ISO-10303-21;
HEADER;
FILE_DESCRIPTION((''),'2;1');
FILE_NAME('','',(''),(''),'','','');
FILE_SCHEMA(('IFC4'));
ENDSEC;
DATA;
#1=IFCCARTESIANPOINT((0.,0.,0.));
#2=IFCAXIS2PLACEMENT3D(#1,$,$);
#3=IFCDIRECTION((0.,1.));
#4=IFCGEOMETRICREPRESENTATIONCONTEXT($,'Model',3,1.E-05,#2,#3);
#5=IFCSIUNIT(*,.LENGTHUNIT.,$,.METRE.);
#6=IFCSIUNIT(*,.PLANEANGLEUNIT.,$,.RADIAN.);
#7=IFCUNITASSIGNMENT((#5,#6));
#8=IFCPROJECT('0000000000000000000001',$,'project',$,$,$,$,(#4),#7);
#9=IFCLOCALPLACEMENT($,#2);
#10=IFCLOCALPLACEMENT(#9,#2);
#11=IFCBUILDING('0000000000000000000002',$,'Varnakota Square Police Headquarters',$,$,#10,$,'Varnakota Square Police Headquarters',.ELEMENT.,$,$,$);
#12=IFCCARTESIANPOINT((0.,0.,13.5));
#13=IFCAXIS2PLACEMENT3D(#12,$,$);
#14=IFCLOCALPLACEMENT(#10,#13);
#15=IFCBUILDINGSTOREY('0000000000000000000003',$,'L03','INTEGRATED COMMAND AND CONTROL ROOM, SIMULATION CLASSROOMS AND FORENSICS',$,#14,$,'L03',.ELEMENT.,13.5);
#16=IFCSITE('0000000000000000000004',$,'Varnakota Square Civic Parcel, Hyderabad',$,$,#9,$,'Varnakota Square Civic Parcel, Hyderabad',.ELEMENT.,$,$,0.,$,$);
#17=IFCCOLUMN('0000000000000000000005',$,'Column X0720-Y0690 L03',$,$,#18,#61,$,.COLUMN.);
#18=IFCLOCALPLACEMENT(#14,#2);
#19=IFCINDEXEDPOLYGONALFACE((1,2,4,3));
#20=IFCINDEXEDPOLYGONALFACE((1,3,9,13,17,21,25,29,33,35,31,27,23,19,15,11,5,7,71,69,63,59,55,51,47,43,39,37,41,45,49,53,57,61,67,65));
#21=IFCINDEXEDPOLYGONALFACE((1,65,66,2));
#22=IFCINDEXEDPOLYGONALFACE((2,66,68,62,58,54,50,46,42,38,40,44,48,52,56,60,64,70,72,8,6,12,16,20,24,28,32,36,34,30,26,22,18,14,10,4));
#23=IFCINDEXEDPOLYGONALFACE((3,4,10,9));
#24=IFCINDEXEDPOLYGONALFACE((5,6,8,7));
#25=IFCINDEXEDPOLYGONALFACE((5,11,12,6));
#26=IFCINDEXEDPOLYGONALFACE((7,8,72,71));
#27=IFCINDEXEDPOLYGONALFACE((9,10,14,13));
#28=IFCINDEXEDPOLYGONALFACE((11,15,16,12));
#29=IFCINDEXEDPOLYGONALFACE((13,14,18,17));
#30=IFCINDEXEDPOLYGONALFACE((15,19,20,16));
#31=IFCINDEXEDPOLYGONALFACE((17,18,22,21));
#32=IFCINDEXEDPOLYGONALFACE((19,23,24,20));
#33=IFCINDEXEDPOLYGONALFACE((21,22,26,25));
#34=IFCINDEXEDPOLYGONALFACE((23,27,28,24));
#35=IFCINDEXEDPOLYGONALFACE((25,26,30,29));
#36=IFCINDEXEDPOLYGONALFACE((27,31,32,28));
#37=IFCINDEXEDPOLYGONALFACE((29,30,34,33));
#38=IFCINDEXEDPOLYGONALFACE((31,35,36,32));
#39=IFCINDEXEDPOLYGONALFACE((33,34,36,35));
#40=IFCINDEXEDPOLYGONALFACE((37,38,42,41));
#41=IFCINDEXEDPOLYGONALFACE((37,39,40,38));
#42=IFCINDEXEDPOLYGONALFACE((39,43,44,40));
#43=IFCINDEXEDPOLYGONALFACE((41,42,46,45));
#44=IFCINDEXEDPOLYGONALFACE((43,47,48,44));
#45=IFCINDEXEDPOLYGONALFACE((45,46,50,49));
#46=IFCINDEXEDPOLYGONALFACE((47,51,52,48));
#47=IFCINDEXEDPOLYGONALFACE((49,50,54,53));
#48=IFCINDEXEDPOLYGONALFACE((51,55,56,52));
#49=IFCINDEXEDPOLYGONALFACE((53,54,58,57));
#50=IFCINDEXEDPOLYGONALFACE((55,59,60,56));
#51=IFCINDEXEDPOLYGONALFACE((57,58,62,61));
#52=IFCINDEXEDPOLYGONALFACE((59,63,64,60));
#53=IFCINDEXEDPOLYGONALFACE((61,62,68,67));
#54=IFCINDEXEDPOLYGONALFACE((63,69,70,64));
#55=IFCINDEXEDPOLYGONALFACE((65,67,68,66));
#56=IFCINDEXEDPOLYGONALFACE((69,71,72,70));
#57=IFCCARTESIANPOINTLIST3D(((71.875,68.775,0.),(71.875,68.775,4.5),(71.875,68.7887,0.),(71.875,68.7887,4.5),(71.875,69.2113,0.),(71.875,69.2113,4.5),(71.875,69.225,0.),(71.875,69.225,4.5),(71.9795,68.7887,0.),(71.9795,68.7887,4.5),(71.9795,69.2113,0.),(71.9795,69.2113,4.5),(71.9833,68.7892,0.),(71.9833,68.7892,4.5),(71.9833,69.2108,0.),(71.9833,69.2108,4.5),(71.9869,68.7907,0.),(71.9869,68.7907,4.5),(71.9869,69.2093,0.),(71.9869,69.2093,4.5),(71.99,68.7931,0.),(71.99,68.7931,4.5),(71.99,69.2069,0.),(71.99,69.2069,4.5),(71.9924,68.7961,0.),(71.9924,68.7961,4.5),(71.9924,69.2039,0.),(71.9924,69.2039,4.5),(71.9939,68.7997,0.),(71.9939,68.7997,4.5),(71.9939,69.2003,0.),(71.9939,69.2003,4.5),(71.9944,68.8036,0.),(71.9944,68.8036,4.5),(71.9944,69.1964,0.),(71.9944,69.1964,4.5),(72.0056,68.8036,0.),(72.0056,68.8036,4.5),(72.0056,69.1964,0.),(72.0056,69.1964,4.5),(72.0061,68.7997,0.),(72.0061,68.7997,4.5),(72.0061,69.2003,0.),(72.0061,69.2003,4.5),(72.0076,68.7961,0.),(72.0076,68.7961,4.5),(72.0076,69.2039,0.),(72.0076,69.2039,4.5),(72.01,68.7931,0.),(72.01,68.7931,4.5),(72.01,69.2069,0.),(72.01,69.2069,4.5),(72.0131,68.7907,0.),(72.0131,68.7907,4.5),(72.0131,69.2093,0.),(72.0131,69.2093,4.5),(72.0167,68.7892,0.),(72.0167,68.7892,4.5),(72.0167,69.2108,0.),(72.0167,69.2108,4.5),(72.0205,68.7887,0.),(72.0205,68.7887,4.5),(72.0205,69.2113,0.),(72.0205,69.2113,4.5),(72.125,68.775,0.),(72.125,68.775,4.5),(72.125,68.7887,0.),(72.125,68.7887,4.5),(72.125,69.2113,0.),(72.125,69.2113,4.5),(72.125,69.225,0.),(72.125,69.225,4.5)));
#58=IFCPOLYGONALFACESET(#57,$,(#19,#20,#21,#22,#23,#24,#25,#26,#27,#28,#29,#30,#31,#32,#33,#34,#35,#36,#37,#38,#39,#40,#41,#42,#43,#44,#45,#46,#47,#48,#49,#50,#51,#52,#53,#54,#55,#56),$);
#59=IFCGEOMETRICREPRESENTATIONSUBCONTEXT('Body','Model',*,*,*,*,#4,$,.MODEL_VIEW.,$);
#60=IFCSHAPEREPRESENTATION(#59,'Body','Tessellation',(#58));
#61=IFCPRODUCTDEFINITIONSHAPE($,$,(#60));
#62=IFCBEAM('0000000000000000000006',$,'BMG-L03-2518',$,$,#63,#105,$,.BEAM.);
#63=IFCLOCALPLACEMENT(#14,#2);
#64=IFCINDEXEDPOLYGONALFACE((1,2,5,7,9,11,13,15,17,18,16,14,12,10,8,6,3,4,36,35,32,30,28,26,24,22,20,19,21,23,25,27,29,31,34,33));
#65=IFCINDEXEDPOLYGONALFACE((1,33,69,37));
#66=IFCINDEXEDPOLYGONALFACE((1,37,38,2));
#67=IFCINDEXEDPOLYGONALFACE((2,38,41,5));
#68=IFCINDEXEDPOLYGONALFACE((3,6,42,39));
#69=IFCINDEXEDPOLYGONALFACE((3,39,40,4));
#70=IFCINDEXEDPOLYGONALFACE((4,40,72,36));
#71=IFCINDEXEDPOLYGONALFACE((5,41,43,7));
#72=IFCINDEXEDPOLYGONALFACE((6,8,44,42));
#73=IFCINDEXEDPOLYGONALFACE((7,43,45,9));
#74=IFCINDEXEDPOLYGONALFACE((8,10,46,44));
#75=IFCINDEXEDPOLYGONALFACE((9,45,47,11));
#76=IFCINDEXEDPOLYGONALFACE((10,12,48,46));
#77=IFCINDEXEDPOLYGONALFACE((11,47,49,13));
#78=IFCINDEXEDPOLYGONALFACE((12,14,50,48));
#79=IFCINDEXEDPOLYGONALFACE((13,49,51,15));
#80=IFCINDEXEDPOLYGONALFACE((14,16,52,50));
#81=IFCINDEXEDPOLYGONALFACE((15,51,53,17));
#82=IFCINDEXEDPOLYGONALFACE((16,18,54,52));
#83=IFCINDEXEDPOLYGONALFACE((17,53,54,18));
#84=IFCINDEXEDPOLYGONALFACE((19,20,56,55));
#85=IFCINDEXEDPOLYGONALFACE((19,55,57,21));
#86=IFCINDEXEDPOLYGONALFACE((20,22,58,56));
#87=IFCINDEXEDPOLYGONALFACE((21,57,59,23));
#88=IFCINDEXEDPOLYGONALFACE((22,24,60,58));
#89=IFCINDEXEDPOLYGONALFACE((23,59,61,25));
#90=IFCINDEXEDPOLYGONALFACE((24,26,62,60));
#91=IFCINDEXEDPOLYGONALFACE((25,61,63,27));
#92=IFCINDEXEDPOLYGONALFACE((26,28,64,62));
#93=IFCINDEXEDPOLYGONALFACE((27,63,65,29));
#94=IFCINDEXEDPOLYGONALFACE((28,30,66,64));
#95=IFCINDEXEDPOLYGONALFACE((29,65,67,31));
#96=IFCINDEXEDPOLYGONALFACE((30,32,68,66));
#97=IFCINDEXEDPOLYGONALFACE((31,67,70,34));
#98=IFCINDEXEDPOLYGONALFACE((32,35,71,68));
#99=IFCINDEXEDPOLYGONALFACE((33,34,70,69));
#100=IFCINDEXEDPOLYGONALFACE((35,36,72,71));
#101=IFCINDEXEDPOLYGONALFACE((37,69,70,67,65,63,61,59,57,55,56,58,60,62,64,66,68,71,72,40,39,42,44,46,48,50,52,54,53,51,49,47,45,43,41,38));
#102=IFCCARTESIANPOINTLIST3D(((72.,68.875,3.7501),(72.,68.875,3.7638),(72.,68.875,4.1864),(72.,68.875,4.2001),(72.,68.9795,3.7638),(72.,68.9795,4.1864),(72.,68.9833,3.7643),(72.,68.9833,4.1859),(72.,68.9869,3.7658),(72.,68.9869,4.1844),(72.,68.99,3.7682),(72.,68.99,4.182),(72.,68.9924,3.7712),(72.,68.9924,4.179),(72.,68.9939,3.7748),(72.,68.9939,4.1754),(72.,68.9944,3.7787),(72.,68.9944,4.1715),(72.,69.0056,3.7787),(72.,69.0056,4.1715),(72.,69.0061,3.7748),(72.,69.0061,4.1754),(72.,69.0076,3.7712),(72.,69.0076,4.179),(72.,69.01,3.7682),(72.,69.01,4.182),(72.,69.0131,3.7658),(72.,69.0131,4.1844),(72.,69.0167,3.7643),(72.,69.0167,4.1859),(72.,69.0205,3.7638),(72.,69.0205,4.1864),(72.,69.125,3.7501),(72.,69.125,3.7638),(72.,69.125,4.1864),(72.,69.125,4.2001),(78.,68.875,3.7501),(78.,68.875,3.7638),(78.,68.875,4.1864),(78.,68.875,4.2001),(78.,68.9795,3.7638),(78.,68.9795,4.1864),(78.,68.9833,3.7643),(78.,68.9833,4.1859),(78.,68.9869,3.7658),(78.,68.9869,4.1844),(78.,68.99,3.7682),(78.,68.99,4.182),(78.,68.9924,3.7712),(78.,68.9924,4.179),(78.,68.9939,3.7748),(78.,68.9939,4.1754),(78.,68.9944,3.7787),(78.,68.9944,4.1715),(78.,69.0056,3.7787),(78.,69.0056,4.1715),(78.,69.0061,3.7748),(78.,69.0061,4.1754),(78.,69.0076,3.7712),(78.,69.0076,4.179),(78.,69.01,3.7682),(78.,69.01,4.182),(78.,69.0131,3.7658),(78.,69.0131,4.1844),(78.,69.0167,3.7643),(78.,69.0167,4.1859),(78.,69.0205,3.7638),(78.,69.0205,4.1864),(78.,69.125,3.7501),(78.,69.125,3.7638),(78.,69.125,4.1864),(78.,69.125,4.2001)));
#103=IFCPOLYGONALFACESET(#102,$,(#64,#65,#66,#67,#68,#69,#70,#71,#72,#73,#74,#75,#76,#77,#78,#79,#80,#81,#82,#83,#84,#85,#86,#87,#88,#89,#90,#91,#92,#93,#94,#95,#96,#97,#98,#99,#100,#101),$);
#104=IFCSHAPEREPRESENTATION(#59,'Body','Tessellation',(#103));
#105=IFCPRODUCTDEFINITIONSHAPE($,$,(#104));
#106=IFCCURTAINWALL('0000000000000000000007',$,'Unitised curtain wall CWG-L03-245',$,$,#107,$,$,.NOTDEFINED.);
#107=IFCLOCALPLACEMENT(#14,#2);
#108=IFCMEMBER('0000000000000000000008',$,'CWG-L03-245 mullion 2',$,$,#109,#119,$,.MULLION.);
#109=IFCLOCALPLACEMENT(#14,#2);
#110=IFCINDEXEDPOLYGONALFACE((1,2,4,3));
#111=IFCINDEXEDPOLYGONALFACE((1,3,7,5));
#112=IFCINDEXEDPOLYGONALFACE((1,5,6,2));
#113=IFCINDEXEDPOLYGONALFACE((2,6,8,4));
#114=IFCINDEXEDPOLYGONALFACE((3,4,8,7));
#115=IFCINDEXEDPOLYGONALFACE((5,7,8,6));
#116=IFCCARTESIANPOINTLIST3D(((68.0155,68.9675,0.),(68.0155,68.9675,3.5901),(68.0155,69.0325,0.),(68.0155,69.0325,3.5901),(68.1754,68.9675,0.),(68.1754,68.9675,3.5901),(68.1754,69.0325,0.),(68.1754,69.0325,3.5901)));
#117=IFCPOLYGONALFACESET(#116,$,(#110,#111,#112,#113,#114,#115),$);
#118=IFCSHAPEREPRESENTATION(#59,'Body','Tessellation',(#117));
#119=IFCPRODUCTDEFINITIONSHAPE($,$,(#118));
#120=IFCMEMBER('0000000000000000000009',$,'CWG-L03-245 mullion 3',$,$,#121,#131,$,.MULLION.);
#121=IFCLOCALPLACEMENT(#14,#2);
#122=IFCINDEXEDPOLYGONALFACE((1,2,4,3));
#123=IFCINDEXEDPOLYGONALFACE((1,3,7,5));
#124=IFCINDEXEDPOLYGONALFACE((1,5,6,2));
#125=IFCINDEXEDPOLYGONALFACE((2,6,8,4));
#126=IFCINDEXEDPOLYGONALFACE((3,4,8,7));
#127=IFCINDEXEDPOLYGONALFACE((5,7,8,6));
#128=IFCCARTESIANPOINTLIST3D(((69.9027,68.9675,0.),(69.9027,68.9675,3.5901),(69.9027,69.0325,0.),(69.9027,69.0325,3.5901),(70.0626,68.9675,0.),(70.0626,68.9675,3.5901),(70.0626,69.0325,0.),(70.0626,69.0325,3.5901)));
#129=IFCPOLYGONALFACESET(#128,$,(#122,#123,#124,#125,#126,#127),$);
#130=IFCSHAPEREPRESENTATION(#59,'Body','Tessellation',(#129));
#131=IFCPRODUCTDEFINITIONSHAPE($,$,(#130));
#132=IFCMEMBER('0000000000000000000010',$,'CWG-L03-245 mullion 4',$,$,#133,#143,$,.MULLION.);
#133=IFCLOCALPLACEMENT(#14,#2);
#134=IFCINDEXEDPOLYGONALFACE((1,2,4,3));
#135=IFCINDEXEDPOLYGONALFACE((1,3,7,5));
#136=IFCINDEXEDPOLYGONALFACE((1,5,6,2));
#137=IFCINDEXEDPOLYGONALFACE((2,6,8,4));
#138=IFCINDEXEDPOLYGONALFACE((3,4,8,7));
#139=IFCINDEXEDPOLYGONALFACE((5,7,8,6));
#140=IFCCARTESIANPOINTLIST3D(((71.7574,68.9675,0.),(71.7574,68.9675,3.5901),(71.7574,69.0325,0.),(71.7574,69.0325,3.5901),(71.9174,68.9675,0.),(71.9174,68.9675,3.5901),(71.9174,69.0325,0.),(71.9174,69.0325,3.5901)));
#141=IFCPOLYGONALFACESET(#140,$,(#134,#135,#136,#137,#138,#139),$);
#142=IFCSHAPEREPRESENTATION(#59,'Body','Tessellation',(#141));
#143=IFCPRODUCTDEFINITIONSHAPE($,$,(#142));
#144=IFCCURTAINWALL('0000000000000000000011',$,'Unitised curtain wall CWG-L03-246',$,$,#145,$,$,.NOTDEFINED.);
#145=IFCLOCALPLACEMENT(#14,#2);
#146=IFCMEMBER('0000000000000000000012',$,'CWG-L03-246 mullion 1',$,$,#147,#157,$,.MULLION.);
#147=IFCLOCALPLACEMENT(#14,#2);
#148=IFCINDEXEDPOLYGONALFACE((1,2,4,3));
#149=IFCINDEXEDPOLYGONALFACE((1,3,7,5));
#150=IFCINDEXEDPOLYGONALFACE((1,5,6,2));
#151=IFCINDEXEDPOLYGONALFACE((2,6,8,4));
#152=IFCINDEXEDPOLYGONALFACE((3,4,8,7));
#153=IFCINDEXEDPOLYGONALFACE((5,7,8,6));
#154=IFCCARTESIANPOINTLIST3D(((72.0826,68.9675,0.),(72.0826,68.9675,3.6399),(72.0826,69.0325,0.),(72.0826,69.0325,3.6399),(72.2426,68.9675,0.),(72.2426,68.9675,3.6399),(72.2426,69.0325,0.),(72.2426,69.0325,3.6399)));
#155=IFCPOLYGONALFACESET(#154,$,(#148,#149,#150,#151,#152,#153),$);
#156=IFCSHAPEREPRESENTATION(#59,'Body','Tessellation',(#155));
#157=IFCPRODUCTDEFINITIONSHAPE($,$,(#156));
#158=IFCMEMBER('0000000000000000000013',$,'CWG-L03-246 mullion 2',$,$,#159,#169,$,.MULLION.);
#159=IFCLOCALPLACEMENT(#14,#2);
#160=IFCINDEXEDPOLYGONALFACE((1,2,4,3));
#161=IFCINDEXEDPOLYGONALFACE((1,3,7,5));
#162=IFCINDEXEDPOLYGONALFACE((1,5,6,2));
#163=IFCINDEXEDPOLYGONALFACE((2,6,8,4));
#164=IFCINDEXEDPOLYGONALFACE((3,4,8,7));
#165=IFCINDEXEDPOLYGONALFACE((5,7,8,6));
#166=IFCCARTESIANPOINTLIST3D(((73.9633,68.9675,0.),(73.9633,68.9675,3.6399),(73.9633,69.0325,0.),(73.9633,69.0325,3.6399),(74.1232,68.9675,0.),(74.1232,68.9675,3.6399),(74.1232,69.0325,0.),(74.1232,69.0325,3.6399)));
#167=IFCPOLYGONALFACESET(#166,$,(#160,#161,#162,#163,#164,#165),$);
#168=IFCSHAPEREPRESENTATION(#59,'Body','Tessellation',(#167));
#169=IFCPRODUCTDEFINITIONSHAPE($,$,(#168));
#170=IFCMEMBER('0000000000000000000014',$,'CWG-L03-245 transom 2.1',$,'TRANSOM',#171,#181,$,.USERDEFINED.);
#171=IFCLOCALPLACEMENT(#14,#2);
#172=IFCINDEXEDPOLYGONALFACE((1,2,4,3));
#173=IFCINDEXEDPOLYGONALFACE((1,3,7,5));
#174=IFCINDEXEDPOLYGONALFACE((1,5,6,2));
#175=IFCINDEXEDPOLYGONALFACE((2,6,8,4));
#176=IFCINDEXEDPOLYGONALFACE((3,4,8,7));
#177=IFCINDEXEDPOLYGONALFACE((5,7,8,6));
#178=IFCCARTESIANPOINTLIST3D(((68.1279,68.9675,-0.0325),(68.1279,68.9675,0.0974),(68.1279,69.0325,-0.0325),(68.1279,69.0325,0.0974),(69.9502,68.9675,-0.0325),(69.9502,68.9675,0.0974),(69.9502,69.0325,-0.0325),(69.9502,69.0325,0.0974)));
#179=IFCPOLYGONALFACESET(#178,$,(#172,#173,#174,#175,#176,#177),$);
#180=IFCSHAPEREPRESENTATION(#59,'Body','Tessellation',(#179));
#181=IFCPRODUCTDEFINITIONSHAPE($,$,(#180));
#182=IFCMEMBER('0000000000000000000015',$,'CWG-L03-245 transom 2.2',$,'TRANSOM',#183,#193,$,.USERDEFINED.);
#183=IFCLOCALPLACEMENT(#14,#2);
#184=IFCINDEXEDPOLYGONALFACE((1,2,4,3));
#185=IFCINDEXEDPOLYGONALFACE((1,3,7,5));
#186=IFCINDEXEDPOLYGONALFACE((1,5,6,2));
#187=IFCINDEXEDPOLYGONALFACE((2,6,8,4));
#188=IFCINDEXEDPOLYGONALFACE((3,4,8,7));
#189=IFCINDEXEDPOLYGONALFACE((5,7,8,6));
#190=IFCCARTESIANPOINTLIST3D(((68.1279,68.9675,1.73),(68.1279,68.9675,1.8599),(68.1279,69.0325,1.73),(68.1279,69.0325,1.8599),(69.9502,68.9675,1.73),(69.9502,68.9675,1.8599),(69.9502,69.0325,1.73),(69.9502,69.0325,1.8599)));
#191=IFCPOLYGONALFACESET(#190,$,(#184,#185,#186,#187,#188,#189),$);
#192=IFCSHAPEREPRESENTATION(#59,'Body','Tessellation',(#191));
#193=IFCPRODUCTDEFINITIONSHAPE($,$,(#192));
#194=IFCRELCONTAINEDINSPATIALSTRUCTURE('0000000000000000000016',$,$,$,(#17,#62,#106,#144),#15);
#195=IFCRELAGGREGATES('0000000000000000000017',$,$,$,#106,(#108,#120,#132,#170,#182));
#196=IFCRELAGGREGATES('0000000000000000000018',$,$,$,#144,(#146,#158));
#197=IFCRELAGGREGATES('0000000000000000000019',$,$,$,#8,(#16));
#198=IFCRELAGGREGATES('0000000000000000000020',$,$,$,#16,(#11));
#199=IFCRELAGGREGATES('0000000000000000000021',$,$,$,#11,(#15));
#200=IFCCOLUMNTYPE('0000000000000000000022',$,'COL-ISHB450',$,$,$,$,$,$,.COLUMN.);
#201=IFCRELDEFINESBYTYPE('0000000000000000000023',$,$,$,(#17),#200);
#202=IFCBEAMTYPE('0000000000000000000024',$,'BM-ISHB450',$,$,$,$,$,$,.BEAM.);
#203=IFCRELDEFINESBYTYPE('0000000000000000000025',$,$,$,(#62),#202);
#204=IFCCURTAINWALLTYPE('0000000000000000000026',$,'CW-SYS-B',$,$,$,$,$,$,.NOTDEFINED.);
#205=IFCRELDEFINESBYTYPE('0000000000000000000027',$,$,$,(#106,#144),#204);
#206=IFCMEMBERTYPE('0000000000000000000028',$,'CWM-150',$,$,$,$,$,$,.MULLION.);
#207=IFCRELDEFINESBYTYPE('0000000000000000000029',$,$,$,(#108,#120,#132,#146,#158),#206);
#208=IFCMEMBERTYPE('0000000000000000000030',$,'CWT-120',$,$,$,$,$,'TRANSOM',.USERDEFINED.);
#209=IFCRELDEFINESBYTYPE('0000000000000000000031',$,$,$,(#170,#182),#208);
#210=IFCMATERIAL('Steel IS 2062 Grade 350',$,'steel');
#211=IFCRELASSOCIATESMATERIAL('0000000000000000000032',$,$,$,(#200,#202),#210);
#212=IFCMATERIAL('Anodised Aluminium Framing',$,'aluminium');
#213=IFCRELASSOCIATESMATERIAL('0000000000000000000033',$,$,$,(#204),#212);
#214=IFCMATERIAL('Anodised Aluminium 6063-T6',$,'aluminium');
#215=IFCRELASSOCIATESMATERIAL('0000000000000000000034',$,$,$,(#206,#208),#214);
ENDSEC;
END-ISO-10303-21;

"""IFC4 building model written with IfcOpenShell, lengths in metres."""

from ifc_helpers import new_model, si_unit, direction, frame, origin, origin_2d, place, context, subcontext, project, spatial, rectangle, i_section, extrude, material, material_profile, profile_set, type_object, element, aggregate, save


model = new_model("IFC4")

# Units and contexts
model_context = context("Model", 3, precision=1e-05, world=origin(), true_north=direction((0.0, 1.0)))
body_context = subcontext(model_context, "Body", "Model", "MODEL_VIEW")
ifc_project = project(units=[si_unit("LENGTHUNIT", "METRE"), si_unit("PLANEANGLEUNIT", "RADIAN")], contexts=[model_context])

# Site, building, storey
site_placement = place(None, origin())
site = spatial("IfcSite", under=ifc_project, at=site_placement, Name="Varnakota Square Civic Parcel, Hyderabad", LongName="Varnakota Square Civic Parcel, Hyderabad", CompositionType="ELEMENT", RefElevation=0.0)
building_placement = place(site_placement, origin())
building = spatial("IfcBuilding", under=site, at=building_placement, Name="Varnakota Square Police Headquarters", LongName="Varnakota Square Police Headquarters", CompositionType="ELEMENT")
storey_placement = place(building_placement, frame((0.0, 0.0, 13.5)))
storey = spatial("IfcBuildingStorey", under=building, at=storey_placement, Name="L03", Description="INTEGRATED COMMAND AND CONTROL ROOM, SIMULATION CLASSROOMS AND FORENSICS", LongName="L03", CompositionType="ELEMENT", Elevation=13.5)

# Column
ifc_material_1 = material(Name="Steel IS 2062 Grade 350", Category="steel")
ifc_material_profile_1 = material_profile(ifc_material_1, i_section(OverallWidth=0.25, OverallDepth=0.45, WebThickness=0.0112, FlangeThickness=0.0137, FilletRadius=0.0149, at=origin_2d()), Name="ISHB 450")
ifc_profile_set_1 = profile_set([ifc_material_profile_1], Name="Steel IS 2062 Grade 350")
column_type = type_object("IfcColumnType", Name="COL-ISHB450", PredefinedType="COLUMN", material=ifc_profile_set_1)
column_placement = place(storey_placement, frame((72.0, 69.0, 0.0), z_axis=(0.0, 0.0, 1.0), x_axis=(1.0, 0.0, 0.0)))
element("IfcColumn", 1, at=column_placement, inside=storey, type_object=column_type, Name="Column X0720-Y0690 L03", PredefinedType="COLUMN", context=body_context, shape_type="SweptSolid", body=[
    extrude(i_section(OverallWidth=0.25, OverallDepth=0.45, WebThickness=0.0112, FlangeThickness=0.0137, FilletRadius=0.0149, at=origin_2d()), origin(), (0.0, 0.0, 1.0), 4.5),
])

# Beam
ifc_material_profile_2 = material_profile(ifc_material_1, i_section(OverallWidth=0.25, OverallDepth=0.45, WebThickness=0.0112, FlangeThickness=0.0137, FilletRadius=0.0149, at=origin_2d()), Name="ISHB 450")
ifc_profile_set_2 = profile_set([ifc_material_profile_2], Name="Steel IS 2062 Grade 350")
beam_type = type_object("IfcBeamType", Name="BM-ISHB450", PredefinedType="BEAM", material=ifc_profile_set_2)
beam_placement = place(storey_placement, frame((72.0, 69.0, 3.9751), z_axis=(1.0, 0.0, 0.0), x_axis=(0.0, 1.0, 0.0)))
element("IfcBeam", 2, at=beam_placement, inside=storey, type_object=beam_type, Name="BMG-L03-2518", PredefinedType="BEAM", context=body_context, shape_type="SweptSolid", body=[
    extrude(i_section(OverallWidth=0.25, OverallDepth=0.45, WebThickness=0.0112, FlangeThickness=0.0137, FilletRadius=0.0149, at=origin_2d()), origin(), (0.0, 0.0, 1.0), 6.0),
])

# Curtain walls, members
ifc_material_2 = material(Name="Anodised Aluminium Framing", Category="aluminium")
curtain_wall_type = type_object("IfcCurtainWallType", Name="CW-SYS-B", PredefinedType="NOTDEFINED", material=ifc_material_2)
curtain_wall_1_placement = place(storey_placement, origin())
curtain_wall_1 = element("IfcCurtainWall", 3, at=curtain_wall_1_placement, inside=storey, type_object=curtain_wall_type, Name="Unitised curtain wall CWG-L03-245", PredefinedType="NOTDEFINED")
ifc_material_3 = material(Name="Anodised Aluminium 6063-T6", Category="aluminium")
ifc_material_profile_3 = material_profile(ifc_material_3, rectangle(XDim=0.0649, YDim=0.1599, at=origin_2d()), Name="ALU MULLION 65x160")
ifc_profile_set_3 = profile_set([ifc_material_profile_3], Name="Anodised Aluminium 6063-T6")
member_type_1 = type_object("IfcMemberType", Name="CWM-150", PredefinedType="MULLION", material=ifc_profile_set_3)
member_1_placement = place(storey_placement, frame((68.0955, 69.0, 0.0), z_axis=(0.0, 0.0, 1.0), x_axis=(0.0, 1.0, 0.0)))
member_1 = element("IfcMember", 4, at=member_1_placement, type_object=member_type_1, Name="CWG-L03-245 mullion 2", PredefinedType="MULLION", context=body_context, shape_type="SweptSolid", body=[
    extrude(rectangle(XDim=0.0649, YDim=0.1599, at=origin_2d()), origin(), (0.0, 0.0, 1.0), 3.5901),
])
member_2_placement = place(storey_placement, frame((69.9827, 69.0, 0.0), z_axis=(0.0, 0.0, 1.0), x_axis=(0.0, 1.0, 0.0)))
member_2 = element("IfcMember", 5, at=member_2_placement, type_object=member_type_1, Name="CWG-L03-245 mullion 3", PredefinedType="MULLION", context=body_context, shape_type="SweptSolid", body=[
    extrude(rectangle(XDim=0.0649, YDim=0.1599, at=origin_2d()), origin(), (0.0, 0.0, 1.0), 3.5901),
])
member_3_placement = place(storey_placement, frame((71.8374, 69.0, 0.0), z_axis=(0.0, 0.0, 1.0), x_axis=(0.0, 1.0, 0.0)))
member_3 = element("IfcMember", 6, at=member_3_placement, type_object=member_type_1, Name="CWG-L03-245 mullion 4", PredefinedType="MULLION", context=body_context, shape_type="SweptSolid", body=[
    extrude(rectangle(XDim=0.0649, YDim=0.1599, at=origin_2d()), origin(), (0.0, 0.0, 1.0), 3.5901),
])
curtain_wall_2_placement = place(storey_placement, origin())
curtain_wall_2 = element("IfcCurtainWall", 7, at=curtain_wall_2_placement, inside=storey, type_object=curtain_wall_type, Name="Unitised curtain wall CWG-L03-246", PredefinedType="NOTDEFINED")
member_4_placement = place(storey_placement, frame((72.1626, 69.0, 0.0), z_axis=(0.0, 0.0, 1.0), x_axis=(0.0, 1.0, 0.0)))
member_4 = element("IfcMember", 8, at=member_4_placement, type_object=member_type_1, Name="CWG-L03-246 mullion 1", PredefinedType="MULLION", context=body_context, shape_type="SweptSolid", body=[
    extrude(rectangle(XDim=0.0649, YDim=0.1599, at=origin_2d()), origin(), (0.0, 0.0, 1.0), 3.6399),
])
member_5_placement = place(storey_placement, frame((74.0432, 69.0, 0.0), z_axis=(0.0, 0.0, 1.0), x_axis=(0.0, 1.0, 0.0)))
member_5 = element("IfcMember", 9, at=member_5_placement, type_object=member_type_1, Name="CWG-L03-246 mullion 2", PredefinedType="MULLION", context=body_context, shape_type="SweptSolid", body=[
    extrude(rectangle(XDim=0.0649, YDim=0.1599, at=origin_2d()), origin(), (0.0, 0.0, 1.0), 3.6399),
])

# Members
ifc_material_profile_4 = material_profile(ifc_material_3, rectangle(XDim=0.0649, YDim=0.1299, at=origin_2d()), Name="ALU TRANSOM 65x130")
ifc_profile_set_4 = profile_set([ifc_material_profile_4], Name="Anodised Aluminium 6063-T6")
member_type_2 = type_object("IfcMemberType", Name="CWT-120", ElementType="TRANSOM", PredefinedType="USERDEFINED", material=ifc_profile_set_4)
member_6_placement = place(storey_placement, frame((68.1279, 69.0, 0.0325), z_axis=(1.0, 0.0, 0.0), x_axis=(0.0, 1.0, 0.0)))
member_6 = element("IfcMember", 10, at=member_6_placement, type_object=member_type_2, Name="CWG-L03-245 transom 2.1", ObjectType="TRANSOM", PredefinedType="USERDEFINED", context=body_context, shape_type="SweptSolid", body=[
    extrude(rectangle(XDim=0.0649, YDim=0.1299, at=origin_2d()), origin(), (0.0, 0.0, 1.0), 1.8223),
])
member_7_placement = place(storey_placement, frame((68.1279, 69.0, 1.7949), z_axis=(1.0, 0.0, 0.0), x_axis=(0.0, 1.0, 0.0)))
member_7 = element("IfcMember", 11, at=member_7_placement, type_object=member_type_2, Name="CWG-L03-245 transom 2.2", ObjectType="TRANSOM", PredefinedType="USERDEFINED", context=body_context, shape_type="SweptSolid", body=[
    extrude(rectangle(XDim=0.0649, YDim=0.1299, at=origin_2d()), origin(), (0.0, 0.0, 1.0), 1.8223),
])

aggregate(curtain_wall_1, [member_1, member_2, member_3, member_6, member_7])
aggregate(curtain_wall_2, [member_4, member_5])

save(model, "model.ifc")
